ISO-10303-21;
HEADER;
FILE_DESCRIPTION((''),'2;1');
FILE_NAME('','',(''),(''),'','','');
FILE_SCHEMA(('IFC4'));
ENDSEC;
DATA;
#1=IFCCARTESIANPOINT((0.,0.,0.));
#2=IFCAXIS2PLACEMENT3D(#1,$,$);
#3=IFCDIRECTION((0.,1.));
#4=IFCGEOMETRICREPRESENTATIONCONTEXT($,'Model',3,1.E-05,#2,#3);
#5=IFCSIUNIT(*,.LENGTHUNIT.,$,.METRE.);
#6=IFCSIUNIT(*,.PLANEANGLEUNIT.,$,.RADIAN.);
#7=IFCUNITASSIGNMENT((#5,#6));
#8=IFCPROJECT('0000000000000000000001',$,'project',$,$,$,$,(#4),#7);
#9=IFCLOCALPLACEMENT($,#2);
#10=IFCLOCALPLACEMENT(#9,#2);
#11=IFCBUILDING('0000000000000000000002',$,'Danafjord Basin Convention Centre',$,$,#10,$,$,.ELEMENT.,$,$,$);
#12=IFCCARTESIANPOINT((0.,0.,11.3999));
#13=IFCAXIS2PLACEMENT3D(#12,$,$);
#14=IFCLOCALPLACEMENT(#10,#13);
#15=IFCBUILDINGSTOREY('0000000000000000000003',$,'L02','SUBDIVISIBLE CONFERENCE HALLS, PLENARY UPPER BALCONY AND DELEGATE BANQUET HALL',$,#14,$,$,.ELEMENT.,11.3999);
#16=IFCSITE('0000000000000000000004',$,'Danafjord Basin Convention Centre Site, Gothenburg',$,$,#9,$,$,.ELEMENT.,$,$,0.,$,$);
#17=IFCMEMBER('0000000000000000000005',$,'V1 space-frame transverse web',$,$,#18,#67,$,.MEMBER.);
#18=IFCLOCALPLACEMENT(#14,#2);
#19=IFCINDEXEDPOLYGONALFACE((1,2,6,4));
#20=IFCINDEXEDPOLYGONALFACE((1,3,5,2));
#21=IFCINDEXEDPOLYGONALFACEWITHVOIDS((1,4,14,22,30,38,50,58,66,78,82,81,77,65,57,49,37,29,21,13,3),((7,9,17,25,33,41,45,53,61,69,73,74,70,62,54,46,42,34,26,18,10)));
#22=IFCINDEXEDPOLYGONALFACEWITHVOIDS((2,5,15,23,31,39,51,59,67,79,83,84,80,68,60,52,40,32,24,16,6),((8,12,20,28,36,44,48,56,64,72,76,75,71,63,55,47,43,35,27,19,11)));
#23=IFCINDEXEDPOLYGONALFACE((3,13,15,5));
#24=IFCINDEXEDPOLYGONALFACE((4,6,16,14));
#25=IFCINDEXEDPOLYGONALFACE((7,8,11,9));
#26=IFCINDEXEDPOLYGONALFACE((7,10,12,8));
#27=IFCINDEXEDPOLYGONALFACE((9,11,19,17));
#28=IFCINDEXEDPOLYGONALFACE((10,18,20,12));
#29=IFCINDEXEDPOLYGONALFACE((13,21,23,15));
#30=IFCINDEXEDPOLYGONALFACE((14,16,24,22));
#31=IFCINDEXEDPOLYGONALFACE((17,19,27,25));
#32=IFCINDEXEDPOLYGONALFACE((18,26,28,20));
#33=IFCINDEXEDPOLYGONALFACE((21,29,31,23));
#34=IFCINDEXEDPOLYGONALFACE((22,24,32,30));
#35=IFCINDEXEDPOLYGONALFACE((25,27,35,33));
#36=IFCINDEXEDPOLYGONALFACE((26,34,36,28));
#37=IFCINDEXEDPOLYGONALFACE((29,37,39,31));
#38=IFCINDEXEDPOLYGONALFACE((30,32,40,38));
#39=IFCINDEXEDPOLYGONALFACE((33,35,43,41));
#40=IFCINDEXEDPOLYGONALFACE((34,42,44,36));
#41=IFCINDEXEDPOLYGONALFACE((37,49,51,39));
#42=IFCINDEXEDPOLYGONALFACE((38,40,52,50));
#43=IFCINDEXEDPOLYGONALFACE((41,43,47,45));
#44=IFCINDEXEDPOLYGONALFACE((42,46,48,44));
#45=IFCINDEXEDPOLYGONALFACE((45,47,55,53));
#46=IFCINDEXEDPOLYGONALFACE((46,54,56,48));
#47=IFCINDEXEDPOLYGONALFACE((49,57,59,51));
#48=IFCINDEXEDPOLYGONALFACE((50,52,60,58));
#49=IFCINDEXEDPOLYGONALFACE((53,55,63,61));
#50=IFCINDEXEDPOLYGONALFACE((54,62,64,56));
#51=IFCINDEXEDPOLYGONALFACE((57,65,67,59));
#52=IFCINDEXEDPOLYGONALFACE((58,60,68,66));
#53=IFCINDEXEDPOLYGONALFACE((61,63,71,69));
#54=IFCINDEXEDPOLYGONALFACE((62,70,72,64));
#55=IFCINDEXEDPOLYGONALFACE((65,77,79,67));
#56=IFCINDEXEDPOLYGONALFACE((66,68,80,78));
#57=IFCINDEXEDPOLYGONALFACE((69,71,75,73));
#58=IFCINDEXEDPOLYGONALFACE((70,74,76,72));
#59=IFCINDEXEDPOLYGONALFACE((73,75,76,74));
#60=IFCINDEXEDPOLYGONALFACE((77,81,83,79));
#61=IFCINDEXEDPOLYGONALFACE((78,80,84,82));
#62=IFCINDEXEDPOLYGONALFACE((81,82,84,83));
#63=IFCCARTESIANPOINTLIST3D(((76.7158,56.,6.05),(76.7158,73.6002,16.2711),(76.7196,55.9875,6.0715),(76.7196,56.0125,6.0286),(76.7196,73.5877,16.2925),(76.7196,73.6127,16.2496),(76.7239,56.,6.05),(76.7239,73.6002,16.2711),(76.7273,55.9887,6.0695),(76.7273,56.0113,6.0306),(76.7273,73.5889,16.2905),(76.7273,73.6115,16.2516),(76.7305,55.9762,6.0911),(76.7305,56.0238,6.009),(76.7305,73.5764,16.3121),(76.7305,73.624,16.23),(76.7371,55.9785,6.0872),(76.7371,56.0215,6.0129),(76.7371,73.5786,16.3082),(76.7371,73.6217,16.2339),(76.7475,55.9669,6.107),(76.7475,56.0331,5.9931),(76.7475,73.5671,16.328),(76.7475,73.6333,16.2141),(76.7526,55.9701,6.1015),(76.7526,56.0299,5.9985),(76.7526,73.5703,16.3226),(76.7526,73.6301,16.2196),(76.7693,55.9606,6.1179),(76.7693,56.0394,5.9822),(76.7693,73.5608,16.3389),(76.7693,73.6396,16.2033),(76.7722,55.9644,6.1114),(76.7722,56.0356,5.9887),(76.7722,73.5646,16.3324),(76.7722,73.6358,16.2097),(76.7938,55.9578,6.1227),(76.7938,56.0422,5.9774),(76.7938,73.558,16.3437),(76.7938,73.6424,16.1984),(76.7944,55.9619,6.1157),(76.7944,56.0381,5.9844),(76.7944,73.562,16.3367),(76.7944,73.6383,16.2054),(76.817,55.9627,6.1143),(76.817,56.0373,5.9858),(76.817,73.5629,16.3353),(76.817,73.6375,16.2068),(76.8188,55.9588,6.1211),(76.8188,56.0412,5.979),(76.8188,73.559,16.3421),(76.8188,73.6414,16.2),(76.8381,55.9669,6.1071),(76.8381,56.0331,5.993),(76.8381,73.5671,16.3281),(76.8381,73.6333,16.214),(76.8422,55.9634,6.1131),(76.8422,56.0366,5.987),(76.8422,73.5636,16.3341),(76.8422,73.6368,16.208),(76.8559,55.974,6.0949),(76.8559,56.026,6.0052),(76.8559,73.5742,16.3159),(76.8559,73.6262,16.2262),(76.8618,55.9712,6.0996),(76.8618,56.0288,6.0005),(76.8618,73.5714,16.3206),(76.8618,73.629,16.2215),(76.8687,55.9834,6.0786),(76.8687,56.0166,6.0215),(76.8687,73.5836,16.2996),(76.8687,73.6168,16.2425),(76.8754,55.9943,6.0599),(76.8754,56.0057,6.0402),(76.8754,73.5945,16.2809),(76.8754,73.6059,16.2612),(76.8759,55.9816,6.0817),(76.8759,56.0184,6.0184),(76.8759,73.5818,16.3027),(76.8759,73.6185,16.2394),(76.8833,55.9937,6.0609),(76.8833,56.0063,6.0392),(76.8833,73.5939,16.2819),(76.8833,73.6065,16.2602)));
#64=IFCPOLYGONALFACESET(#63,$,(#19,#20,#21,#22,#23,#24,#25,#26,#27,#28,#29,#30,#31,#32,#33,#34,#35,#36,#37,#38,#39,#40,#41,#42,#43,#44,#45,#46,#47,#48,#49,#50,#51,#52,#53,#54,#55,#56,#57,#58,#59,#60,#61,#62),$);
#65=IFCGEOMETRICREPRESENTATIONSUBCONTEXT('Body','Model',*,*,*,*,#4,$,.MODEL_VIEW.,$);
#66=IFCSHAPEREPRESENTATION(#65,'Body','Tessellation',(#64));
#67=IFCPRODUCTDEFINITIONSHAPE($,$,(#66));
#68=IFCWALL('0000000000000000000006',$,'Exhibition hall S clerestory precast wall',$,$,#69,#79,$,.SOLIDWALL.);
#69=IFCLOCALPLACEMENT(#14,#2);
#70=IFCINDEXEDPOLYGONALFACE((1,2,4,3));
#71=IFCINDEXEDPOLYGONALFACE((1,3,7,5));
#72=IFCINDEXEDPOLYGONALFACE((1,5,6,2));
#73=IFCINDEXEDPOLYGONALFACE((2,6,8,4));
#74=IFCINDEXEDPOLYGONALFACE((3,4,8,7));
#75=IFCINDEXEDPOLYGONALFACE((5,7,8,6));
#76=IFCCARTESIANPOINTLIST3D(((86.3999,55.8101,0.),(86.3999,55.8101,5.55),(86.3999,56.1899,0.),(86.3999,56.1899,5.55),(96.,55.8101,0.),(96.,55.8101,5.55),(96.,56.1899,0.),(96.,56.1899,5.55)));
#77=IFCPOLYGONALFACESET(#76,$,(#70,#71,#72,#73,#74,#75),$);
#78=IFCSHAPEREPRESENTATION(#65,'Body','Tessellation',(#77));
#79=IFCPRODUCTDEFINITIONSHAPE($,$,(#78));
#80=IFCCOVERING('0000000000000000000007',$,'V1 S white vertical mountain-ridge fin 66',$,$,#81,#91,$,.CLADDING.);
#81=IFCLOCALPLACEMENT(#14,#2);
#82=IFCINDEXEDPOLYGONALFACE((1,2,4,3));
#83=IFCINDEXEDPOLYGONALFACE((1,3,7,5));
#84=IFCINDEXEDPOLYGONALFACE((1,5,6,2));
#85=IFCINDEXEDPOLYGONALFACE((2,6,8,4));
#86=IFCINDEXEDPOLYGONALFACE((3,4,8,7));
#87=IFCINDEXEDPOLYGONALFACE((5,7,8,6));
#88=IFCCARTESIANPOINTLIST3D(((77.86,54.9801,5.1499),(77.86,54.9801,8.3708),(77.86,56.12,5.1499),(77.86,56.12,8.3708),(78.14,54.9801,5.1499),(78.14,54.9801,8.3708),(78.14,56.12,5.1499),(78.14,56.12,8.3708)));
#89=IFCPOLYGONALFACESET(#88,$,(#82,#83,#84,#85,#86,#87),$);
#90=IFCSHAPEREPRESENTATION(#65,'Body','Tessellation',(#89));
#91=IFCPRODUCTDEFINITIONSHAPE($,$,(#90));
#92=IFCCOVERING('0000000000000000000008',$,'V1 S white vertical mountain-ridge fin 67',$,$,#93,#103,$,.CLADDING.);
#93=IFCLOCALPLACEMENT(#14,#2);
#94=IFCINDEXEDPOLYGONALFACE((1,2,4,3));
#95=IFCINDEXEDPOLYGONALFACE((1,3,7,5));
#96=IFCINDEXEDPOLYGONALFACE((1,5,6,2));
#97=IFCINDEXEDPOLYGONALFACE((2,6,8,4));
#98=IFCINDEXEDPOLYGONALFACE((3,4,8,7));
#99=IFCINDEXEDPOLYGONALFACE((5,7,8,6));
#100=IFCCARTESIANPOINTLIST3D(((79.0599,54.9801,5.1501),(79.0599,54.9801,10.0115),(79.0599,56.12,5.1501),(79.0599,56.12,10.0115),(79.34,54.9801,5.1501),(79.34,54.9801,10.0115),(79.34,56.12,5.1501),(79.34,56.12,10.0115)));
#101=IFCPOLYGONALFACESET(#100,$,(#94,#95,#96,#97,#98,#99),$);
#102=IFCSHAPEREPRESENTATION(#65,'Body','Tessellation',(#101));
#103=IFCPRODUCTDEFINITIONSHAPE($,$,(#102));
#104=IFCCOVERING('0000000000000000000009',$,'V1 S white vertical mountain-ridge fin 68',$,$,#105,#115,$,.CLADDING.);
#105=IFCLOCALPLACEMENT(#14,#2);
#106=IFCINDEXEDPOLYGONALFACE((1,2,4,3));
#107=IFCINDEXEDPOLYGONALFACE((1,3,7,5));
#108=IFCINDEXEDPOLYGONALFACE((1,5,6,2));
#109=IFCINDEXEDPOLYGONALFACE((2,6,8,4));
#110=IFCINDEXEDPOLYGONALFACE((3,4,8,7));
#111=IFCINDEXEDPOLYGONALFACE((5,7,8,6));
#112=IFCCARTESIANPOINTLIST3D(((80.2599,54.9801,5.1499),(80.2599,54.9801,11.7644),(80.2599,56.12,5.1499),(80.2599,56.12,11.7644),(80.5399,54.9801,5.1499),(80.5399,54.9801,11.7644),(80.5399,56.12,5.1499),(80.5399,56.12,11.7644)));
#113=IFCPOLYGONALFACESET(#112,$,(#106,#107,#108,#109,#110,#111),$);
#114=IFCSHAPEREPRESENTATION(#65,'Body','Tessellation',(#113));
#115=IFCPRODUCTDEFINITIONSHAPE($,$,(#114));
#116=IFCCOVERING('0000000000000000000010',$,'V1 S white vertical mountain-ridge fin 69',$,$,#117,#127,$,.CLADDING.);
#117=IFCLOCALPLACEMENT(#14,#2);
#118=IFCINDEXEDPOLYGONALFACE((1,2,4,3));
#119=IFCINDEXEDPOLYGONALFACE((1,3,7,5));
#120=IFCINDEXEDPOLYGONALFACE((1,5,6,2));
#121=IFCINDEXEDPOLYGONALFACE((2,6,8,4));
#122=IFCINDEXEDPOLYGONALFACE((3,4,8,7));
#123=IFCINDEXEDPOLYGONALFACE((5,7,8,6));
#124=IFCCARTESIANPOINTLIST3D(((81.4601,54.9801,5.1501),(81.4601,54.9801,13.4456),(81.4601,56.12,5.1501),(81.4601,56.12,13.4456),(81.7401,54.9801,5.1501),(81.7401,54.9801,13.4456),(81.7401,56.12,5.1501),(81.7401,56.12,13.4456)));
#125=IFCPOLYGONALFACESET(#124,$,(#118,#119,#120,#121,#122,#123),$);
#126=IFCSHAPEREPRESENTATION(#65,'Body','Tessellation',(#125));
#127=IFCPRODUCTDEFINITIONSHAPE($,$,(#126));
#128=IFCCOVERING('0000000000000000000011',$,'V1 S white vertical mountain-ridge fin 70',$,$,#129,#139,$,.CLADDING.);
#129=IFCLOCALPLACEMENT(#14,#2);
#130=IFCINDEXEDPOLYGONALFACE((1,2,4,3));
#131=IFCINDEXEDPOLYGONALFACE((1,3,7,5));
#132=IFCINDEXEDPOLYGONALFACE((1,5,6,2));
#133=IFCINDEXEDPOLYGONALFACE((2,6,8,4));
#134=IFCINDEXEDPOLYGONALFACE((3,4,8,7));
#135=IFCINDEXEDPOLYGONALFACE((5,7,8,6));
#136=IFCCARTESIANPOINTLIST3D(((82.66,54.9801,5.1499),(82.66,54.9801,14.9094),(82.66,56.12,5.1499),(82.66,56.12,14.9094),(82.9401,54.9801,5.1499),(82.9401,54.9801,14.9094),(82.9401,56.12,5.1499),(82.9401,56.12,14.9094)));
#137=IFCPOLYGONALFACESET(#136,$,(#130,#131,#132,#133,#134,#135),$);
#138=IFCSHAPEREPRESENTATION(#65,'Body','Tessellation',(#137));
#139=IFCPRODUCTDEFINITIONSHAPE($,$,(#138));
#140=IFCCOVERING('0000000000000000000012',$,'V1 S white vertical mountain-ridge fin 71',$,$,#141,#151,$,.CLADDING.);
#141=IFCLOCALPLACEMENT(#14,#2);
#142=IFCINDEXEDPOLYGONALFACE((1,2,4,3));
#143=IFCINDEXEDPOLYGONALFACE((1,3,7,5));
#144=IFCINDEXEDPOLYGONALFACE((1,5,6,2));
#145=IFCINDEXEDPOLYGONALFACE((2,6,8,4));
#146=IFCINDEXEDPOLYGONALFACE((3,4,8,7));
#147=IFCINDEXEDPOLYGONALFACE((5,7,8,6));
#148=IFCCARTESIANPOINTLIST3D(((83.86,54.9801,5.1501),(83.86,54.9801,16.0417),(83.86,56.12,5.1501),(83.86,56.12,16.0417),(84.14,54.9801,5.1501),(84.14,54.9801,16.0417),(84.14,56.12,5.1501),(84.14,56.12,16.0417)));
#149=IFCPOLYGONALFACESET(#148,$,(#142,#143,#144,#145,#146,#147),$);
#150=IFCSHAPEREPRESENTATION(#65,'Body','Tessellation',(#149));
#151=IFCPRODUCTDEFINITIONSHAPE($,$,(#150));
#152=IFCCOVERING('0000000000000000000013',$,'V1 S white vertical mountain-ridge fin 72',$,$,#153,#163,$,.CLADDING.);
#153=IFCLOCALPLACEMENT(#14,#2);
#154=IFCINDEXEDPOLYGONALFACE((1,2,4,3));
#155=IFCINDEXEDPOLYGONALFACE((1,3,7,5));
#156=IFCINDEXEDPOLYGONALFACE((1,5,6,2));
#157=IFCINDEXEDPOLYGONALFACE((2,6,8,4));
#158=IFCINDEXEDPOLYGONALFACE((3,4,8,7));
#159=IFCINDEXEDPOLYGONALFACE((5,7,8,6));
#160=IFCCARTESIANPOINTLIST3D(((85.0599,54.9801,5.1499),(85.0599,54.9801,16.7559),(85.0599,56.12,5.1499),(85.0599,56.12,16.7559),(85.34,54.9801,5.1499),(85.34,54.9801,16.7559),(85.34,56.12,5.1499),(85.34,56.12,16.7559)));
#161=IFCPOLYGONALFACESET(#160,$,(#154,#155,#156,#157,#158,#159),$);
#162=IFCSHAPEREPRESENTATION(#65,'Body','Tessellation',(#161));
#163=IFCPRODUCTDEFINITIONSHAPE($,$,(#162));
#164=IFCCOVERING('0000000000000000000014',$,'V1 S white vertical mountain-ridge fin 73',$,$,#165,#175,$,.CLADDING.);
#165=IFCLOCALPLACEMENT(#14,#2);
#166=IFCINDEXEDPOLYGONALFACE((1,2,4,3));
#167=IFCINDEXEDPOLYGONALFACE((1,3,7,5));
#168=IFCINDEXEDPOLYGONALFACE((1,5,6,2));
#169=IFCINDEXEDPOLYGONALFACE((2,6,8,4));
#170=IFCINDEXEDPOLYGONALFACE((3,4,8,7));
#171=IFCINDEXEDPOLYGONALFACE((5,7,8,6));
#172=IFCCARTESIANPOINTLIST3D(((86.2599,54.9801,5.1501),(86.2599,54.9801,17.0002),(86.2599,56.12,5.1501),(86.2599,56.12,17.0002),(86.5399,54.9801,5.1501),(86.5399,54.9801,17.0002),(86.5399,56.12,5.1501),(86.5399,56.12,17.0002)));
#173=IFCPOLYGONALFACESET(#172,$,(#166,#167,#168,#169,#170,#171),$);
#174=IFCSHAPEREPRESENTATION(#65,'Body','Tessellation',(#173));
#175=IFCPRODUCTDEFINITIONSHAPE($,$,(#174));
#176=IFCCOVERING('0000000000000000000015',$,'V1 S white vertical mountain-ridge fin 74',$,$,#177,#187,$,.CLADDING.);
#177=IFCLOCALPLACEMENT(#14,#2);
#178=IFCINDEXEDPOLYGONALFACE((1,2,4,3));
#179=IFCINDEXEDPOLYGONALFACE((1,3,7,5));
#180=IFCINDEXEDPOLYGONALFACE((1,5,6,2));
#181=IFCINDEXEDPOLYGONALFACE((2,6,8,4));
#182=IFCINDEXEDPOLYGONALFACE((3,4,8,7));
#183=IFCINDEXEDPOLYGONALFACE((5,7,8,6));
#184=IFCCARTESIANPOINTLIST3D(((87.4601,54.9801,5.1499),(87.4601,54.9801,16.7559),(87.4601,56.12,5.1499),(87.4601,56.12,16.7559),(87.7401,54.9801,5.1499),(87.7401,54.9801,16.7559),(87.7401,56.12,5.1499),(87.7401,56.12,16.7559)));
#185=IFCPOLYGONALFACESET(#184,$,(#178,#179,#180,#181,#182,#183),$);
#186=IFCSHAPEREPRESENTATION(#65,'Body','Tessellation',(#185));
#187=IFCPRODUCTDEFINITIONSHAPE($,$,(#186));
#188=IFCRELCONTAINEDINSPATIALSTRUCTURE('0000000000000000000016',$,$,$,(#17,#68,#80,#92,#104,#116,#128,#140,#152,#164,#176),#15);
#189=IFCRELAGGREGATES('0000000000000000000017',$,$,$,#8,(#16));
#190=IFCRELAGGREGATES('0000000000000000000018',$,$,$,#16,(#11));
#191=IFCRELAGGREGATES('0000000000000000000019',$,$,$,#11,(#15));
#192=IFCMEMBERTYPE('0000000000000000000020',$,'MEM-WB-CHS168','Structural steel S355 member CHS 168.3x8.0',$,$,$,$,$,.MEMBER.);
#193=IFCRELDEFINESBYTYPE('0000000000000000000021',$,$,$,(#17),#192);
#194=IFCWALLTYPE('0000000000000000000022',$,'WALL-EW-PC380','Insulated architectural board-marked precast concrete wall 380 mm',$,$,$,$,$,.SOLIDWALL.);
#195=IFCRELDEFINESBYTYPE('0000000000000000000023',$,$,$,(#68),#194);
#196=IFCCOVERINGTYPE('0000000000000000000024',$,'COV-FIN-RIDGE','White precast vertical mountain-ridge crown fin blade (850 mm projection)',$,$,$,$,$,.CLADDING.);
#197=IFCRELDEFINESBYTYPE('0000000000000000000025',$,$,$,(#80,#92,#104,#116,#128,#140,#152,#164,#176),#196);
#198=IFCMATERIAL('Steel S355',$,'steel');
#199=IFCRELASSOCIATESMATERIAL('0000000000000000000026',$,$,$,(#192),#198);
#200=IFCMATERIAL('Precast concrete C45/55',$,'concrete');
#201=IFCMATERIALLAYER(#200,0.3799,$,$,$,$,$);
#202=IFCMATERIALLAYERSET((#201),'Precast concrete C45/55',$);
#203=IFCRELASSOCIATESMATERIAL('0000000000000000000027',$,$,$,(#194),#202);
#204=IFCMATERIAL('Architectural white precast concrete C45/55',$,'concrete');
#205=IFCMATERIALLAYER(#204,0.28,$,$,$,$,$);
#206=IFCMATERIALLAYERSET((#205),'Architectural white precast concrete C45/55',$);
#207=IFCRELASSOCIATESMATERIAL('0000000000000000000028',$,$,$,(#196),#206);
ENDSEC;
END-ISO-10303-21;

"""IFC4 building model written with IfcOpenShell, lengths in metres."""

from ifc_helpers import new_model, si_unit, direction, frame, frame_2d, origin, origin_2d, place, context, subcontext, project, spatial, rectangle, hollow_circle, extrude, material, layer, layer_set, material_profile, profile_set, type_object, element, save


model = new_model("IFC4")

# Units and contexts
model_context = context("Model", 3, precision=1e-05, world=origin(), true_north=direction((0.0, 1.0)))
body_context = subcontext(model_context, "Body", "Model", "MODEL_VIEW")
ifc_project = project(units=[si_unit("LENGTHUNIT", "METRE"), si_unit("PLANEANGLEUNIT", "RADIAN")], contexts=[model_context])

# Site, building, storey
site_placement = place(None, origin())
site = spatial("IfcSite", under=ifc_project, at=site_placement, Name="Danafjord Basin Convention Centre Site, Gothenburg", CompositionType="ELEMENT", RefElevation=0.0)
building_placement = place(site_placement, origin())
building = spatial("IfcBuilding", under=site, at=building_placement, Name="Danafjord Basin Convention Centre", CompositionType="ELEMENT")
storey_placement = place(building_placement, frame((0.0, 0.0, 11.3999)))
storey = spatial("IfcBuildingStorey", under=building, at=storey_placement, Name="L02", Description="SUBDIVISIBLE CONFERENCE HALLS, PLENARY UPPER BALCONY AND DELEGATE BANQUET HALL", CompositionType="ELEMENT", Elevation=11.3999)

# Shared definitions
ifc_material_1 = material(Name="Precast concrete C45/55", Category="concrete")

# Member
ifc_material_2 = material(Name="Steel S355", Category="steel")
ifc_material_profile_1 = material_profile(ifc_material_2, hollow_circle(Radius=0.0842, WallThickness=0.0081, at=origin_2d()), Name="CHS 168.3x8.0")
ifc_profile_set_1 = profile_set([ifc_material_profile_1], Name="Steel S355")
member_type_1 = type_object("IfcMemberType", Name="MEM-WB-CHS168", Description="Structural steel S355 member CHS 168.3x8.0", PredefinedType="MEMBER", material=ifc_profile_set_1)
member_1_placement = place(storey_placement, frame((76.8, 56.0, 6.05), z_axis=(0.0, 0.864756, 0.502192), x_axis=(-1.0, 0.0, 0.0)))
element("IfcMember", 1, at=member_1_placement, inside=storey, type_object=member_type_1, Name="V1 space-frame transverse web", PredefinedType="MEMBER", context=body_context, shape_type="SweptSolid", body=[
    extrude(hollow_circle(Radius=0.0842, WallThickness=0.0081, at=origin_2d()), origin(), (0.0, 0.0, 1.0), 20.3528),
])

# Wall
ifc_layer_1 = layer(ifc_material_1, 0.3799)
ifc_layer_set_1 = layer_set([ifc_layer_1], Name="Precast concrete C45/55")
wall_type = type_object("IfcWallType", Name="WALL-EW-PC380", Description="Insulated architectural board-marked precast concrete wall 380 mm", PredefinedType="SOLIDWALL", material=ifc_layer_set_1)
wall_placement = place(storey_placement, frame((86.3999, 56.0, 0.0), z_axis=(0.0, 0.0, 1.0), x_axis=(1.0, 0.0, 0.0)))
element("IfcWall", 2, at=wall_placement, inside=storey, type_object=wall_type, Name="Exhibition hall S clerestory precast wall", PredefinedType="SOLIDWALL", context=body_context, shape_type="SweptSolid", body=[
    extrude(rectangle(XDim=9.6001, YDim=0.3799, at=frame_2d((4.8, 0.0))), origin(), (0.0, 0.0, 1.0), 5.55),
])

# Coverings
ifc_material_3 = material(Name="Architectural white precast concrete C45/55", Category="concrete")
ifc_layer_2 = layer(ifc_material_3, 0.28)
ifc_layer_set_2 = layer_set([ifc_layer_2], Name="Architectural white precast concrete C45/55")
covering_type = type_object("IfcCoveringType", Name="COV-FIN-RIDGE", Description="White precast vertical mountain-ridge crown fin blade (850 mm projection)", PredefinedType="CLADDING", material=ifc_layer_set_2)
covering_1_placement = place(storey_placement, frame((78.0, 55.55, 5.1499), z_axis=(0.0, 0.0, 1.0), x_axis=(0.0, 1.0, 0.0)))
element("IfcCovering", 3, at=covering_1_placement, inside=storey, type_object=covering_type, Name="V1 S white vertical mountain-ridge fin 66", PredefinedType="CLADDING", context=body_context, shape_type="SweptSolid", body=[
    extrude(rectangle(XDim=1.1399, YDim=0.28, at=origin_2d()), origin(), (0.0, 0.0, 1.0), 3.2209),
])
covering_2_placement = place(storey_placement, frame((79.2, 55.55, 5.1501), z_axis=(0.0, 0.0, 1.0), x_axis=(0.0, 1.0, 0.0)))
element("IfcCovering", 4, at=covering_2_placement, inside=storey, type_object=covering_type, Name="V1 S white vertical mountain-ridge fin 67", PredefinedType="CLADDING", context=body_context, shape_type="SweptSolid", body=[
    extrude(rectangle(XDim=1.1399, YDim=0.28, at=origin_2d()), origin(), (0.0, 0.0, 1.0), 4.8613),
])
covering_3_placement = place(storey_placement, frame((80.3999, 55.55, 5.1499), z_axis=(0.0, 0.0, 1.0), x_axis=(0.0, 1.0, 0.0)))
element("IfcCovering", 5, at=covering_3_placement, inside=storey, type_object=covering_type, Name="V1 S white vertical mountain-ridge fin 68", PredefinedType="CLADDING", context=body_context, shape_type="SweptSolid", body=[
    extrude(rectangle(XDim=1.1399, YDim=0.28, at=origin_2d()), origin(), (0.0, 0.0, 1.0), 6.6145),
])
covering_4_placement = place(storey_placement, frame((81.6001, 55.55, 5.1501), z_axis=(0.0, 0.0, 1.0), x_axis=(0.0, 1.0, 0.0)))
element("IfcCovering", 6, at=covering_4_placement, inside=storey, type_object=covering_type, Name="V1 S white vertical mountain-ridge fin 69", PredefinedType="CLADDING", context=body_context, shape_type="SweptSolid", body=[
    extrude(rectangle(XDim=1.1399, YDim=0.28, at=origin_2d()), origin(), (0.0, 0.0, 1.0), 8.2954),
])
covering_5_placement = place(storey_placement, frame((82.8, 55.55, 5.1499), z_axis=(0.0, 0.0, 1.0), x_axis=(0.0, 1.0, 0.0)))
element("IfcCovering", 7, at=covering_5_placement, inside=storey, type_object=covering_type, Name="V1 S white vertical mountain-ridge fin 70", PredefinedType="CLADDING", context=body_context, shape_type="SweptSolid", body=[
    extrude(rectangle(XDim=1.1399, YDim=0.28, at=origin_2d()), origin(), (0.0, 0.0, 1.0), 9.7595),
])
covering_6_placement = place(storey_placement, frame((84.0, 55.55, 5.1501), z_axis=(0.0, 0.0, 1.0), x_axis=(0.0, 1.0, 0.0)))
element("IfcCovering", 8, at=covering_6_placement, inside=storey, type_object=covering_type, Name="V1 S white vertical mountain-ridge fin 71", PredefinedType="CLADDING", context=body_context, shape_type="SweptSolid", body=[
    extrude(rectangle(XDim=1.1399, YDim=0.28, at=origin_2d()), origin(), (0.0, 0.0, 1.0), 10.8916),
])
covering_7_placement = place(storey_placement, frame((85.2, 55.55, 5.1499), z_axis=(0.0, 0.0, 1.0), x_axis=(0.0, 1.0, 0.0)))
element("IfcCovering", 9, at=covering_7_placement, inside=storey, type_object=covering_type, Name="V1 S white vertical mountain-ridge fin 72", PredefinedType="CLADDING", context=body_context, shape_type="SweptSolid", body=[
    extrude(rectangle(XDim=1.1399, YDim=0.28, at=origin_2d()), origin(), (0.0, 0.0, 1.0), 11.606),
])
covering_8_placement = place(storey_placement, frame((86.3999, 55.55, 5.1501), z_axis=(0.0, 0.0, 1.0), x_axis=(0.0, 1.0, 0.0)))
element("IfcCovering", 10, at=covering_8_placement, inside=storey, type_object=covering_type, Name="V1 S white vertical mountain-ridge fin 73", PredefinedType="CLADDING", context=body_context, shape_type="SweptSolid", body=[
    extrude(rectangle(XDim=1.1399, YDim=0.28, at=origin_2d()), origin(), (0.0, 0.0, 1.0), 11.8501),
])
covering_9_placement = place(storey_placement, frame((87.6001, 55.55, 5.1499), z_axis=(0.0, 0.0, 1.0), x_axis=(0.0, 1.0, 0.0)))
element("IfcCovering", 11, at=covering_9_placement, inside=storey, type_object=covering_type, Name="V1 S white vertical mountain-ridge fin 74", PredefinedType="CLADDING", context=body_context, shape_type="SweptSolid", body=[
    extrude(rectangle(XDim=1.1399, YDim=0.28, at=origin_2d()), origin(), (0.0, 0.0, 1.0), 11.606),
])

save(model, "model.ifc")
